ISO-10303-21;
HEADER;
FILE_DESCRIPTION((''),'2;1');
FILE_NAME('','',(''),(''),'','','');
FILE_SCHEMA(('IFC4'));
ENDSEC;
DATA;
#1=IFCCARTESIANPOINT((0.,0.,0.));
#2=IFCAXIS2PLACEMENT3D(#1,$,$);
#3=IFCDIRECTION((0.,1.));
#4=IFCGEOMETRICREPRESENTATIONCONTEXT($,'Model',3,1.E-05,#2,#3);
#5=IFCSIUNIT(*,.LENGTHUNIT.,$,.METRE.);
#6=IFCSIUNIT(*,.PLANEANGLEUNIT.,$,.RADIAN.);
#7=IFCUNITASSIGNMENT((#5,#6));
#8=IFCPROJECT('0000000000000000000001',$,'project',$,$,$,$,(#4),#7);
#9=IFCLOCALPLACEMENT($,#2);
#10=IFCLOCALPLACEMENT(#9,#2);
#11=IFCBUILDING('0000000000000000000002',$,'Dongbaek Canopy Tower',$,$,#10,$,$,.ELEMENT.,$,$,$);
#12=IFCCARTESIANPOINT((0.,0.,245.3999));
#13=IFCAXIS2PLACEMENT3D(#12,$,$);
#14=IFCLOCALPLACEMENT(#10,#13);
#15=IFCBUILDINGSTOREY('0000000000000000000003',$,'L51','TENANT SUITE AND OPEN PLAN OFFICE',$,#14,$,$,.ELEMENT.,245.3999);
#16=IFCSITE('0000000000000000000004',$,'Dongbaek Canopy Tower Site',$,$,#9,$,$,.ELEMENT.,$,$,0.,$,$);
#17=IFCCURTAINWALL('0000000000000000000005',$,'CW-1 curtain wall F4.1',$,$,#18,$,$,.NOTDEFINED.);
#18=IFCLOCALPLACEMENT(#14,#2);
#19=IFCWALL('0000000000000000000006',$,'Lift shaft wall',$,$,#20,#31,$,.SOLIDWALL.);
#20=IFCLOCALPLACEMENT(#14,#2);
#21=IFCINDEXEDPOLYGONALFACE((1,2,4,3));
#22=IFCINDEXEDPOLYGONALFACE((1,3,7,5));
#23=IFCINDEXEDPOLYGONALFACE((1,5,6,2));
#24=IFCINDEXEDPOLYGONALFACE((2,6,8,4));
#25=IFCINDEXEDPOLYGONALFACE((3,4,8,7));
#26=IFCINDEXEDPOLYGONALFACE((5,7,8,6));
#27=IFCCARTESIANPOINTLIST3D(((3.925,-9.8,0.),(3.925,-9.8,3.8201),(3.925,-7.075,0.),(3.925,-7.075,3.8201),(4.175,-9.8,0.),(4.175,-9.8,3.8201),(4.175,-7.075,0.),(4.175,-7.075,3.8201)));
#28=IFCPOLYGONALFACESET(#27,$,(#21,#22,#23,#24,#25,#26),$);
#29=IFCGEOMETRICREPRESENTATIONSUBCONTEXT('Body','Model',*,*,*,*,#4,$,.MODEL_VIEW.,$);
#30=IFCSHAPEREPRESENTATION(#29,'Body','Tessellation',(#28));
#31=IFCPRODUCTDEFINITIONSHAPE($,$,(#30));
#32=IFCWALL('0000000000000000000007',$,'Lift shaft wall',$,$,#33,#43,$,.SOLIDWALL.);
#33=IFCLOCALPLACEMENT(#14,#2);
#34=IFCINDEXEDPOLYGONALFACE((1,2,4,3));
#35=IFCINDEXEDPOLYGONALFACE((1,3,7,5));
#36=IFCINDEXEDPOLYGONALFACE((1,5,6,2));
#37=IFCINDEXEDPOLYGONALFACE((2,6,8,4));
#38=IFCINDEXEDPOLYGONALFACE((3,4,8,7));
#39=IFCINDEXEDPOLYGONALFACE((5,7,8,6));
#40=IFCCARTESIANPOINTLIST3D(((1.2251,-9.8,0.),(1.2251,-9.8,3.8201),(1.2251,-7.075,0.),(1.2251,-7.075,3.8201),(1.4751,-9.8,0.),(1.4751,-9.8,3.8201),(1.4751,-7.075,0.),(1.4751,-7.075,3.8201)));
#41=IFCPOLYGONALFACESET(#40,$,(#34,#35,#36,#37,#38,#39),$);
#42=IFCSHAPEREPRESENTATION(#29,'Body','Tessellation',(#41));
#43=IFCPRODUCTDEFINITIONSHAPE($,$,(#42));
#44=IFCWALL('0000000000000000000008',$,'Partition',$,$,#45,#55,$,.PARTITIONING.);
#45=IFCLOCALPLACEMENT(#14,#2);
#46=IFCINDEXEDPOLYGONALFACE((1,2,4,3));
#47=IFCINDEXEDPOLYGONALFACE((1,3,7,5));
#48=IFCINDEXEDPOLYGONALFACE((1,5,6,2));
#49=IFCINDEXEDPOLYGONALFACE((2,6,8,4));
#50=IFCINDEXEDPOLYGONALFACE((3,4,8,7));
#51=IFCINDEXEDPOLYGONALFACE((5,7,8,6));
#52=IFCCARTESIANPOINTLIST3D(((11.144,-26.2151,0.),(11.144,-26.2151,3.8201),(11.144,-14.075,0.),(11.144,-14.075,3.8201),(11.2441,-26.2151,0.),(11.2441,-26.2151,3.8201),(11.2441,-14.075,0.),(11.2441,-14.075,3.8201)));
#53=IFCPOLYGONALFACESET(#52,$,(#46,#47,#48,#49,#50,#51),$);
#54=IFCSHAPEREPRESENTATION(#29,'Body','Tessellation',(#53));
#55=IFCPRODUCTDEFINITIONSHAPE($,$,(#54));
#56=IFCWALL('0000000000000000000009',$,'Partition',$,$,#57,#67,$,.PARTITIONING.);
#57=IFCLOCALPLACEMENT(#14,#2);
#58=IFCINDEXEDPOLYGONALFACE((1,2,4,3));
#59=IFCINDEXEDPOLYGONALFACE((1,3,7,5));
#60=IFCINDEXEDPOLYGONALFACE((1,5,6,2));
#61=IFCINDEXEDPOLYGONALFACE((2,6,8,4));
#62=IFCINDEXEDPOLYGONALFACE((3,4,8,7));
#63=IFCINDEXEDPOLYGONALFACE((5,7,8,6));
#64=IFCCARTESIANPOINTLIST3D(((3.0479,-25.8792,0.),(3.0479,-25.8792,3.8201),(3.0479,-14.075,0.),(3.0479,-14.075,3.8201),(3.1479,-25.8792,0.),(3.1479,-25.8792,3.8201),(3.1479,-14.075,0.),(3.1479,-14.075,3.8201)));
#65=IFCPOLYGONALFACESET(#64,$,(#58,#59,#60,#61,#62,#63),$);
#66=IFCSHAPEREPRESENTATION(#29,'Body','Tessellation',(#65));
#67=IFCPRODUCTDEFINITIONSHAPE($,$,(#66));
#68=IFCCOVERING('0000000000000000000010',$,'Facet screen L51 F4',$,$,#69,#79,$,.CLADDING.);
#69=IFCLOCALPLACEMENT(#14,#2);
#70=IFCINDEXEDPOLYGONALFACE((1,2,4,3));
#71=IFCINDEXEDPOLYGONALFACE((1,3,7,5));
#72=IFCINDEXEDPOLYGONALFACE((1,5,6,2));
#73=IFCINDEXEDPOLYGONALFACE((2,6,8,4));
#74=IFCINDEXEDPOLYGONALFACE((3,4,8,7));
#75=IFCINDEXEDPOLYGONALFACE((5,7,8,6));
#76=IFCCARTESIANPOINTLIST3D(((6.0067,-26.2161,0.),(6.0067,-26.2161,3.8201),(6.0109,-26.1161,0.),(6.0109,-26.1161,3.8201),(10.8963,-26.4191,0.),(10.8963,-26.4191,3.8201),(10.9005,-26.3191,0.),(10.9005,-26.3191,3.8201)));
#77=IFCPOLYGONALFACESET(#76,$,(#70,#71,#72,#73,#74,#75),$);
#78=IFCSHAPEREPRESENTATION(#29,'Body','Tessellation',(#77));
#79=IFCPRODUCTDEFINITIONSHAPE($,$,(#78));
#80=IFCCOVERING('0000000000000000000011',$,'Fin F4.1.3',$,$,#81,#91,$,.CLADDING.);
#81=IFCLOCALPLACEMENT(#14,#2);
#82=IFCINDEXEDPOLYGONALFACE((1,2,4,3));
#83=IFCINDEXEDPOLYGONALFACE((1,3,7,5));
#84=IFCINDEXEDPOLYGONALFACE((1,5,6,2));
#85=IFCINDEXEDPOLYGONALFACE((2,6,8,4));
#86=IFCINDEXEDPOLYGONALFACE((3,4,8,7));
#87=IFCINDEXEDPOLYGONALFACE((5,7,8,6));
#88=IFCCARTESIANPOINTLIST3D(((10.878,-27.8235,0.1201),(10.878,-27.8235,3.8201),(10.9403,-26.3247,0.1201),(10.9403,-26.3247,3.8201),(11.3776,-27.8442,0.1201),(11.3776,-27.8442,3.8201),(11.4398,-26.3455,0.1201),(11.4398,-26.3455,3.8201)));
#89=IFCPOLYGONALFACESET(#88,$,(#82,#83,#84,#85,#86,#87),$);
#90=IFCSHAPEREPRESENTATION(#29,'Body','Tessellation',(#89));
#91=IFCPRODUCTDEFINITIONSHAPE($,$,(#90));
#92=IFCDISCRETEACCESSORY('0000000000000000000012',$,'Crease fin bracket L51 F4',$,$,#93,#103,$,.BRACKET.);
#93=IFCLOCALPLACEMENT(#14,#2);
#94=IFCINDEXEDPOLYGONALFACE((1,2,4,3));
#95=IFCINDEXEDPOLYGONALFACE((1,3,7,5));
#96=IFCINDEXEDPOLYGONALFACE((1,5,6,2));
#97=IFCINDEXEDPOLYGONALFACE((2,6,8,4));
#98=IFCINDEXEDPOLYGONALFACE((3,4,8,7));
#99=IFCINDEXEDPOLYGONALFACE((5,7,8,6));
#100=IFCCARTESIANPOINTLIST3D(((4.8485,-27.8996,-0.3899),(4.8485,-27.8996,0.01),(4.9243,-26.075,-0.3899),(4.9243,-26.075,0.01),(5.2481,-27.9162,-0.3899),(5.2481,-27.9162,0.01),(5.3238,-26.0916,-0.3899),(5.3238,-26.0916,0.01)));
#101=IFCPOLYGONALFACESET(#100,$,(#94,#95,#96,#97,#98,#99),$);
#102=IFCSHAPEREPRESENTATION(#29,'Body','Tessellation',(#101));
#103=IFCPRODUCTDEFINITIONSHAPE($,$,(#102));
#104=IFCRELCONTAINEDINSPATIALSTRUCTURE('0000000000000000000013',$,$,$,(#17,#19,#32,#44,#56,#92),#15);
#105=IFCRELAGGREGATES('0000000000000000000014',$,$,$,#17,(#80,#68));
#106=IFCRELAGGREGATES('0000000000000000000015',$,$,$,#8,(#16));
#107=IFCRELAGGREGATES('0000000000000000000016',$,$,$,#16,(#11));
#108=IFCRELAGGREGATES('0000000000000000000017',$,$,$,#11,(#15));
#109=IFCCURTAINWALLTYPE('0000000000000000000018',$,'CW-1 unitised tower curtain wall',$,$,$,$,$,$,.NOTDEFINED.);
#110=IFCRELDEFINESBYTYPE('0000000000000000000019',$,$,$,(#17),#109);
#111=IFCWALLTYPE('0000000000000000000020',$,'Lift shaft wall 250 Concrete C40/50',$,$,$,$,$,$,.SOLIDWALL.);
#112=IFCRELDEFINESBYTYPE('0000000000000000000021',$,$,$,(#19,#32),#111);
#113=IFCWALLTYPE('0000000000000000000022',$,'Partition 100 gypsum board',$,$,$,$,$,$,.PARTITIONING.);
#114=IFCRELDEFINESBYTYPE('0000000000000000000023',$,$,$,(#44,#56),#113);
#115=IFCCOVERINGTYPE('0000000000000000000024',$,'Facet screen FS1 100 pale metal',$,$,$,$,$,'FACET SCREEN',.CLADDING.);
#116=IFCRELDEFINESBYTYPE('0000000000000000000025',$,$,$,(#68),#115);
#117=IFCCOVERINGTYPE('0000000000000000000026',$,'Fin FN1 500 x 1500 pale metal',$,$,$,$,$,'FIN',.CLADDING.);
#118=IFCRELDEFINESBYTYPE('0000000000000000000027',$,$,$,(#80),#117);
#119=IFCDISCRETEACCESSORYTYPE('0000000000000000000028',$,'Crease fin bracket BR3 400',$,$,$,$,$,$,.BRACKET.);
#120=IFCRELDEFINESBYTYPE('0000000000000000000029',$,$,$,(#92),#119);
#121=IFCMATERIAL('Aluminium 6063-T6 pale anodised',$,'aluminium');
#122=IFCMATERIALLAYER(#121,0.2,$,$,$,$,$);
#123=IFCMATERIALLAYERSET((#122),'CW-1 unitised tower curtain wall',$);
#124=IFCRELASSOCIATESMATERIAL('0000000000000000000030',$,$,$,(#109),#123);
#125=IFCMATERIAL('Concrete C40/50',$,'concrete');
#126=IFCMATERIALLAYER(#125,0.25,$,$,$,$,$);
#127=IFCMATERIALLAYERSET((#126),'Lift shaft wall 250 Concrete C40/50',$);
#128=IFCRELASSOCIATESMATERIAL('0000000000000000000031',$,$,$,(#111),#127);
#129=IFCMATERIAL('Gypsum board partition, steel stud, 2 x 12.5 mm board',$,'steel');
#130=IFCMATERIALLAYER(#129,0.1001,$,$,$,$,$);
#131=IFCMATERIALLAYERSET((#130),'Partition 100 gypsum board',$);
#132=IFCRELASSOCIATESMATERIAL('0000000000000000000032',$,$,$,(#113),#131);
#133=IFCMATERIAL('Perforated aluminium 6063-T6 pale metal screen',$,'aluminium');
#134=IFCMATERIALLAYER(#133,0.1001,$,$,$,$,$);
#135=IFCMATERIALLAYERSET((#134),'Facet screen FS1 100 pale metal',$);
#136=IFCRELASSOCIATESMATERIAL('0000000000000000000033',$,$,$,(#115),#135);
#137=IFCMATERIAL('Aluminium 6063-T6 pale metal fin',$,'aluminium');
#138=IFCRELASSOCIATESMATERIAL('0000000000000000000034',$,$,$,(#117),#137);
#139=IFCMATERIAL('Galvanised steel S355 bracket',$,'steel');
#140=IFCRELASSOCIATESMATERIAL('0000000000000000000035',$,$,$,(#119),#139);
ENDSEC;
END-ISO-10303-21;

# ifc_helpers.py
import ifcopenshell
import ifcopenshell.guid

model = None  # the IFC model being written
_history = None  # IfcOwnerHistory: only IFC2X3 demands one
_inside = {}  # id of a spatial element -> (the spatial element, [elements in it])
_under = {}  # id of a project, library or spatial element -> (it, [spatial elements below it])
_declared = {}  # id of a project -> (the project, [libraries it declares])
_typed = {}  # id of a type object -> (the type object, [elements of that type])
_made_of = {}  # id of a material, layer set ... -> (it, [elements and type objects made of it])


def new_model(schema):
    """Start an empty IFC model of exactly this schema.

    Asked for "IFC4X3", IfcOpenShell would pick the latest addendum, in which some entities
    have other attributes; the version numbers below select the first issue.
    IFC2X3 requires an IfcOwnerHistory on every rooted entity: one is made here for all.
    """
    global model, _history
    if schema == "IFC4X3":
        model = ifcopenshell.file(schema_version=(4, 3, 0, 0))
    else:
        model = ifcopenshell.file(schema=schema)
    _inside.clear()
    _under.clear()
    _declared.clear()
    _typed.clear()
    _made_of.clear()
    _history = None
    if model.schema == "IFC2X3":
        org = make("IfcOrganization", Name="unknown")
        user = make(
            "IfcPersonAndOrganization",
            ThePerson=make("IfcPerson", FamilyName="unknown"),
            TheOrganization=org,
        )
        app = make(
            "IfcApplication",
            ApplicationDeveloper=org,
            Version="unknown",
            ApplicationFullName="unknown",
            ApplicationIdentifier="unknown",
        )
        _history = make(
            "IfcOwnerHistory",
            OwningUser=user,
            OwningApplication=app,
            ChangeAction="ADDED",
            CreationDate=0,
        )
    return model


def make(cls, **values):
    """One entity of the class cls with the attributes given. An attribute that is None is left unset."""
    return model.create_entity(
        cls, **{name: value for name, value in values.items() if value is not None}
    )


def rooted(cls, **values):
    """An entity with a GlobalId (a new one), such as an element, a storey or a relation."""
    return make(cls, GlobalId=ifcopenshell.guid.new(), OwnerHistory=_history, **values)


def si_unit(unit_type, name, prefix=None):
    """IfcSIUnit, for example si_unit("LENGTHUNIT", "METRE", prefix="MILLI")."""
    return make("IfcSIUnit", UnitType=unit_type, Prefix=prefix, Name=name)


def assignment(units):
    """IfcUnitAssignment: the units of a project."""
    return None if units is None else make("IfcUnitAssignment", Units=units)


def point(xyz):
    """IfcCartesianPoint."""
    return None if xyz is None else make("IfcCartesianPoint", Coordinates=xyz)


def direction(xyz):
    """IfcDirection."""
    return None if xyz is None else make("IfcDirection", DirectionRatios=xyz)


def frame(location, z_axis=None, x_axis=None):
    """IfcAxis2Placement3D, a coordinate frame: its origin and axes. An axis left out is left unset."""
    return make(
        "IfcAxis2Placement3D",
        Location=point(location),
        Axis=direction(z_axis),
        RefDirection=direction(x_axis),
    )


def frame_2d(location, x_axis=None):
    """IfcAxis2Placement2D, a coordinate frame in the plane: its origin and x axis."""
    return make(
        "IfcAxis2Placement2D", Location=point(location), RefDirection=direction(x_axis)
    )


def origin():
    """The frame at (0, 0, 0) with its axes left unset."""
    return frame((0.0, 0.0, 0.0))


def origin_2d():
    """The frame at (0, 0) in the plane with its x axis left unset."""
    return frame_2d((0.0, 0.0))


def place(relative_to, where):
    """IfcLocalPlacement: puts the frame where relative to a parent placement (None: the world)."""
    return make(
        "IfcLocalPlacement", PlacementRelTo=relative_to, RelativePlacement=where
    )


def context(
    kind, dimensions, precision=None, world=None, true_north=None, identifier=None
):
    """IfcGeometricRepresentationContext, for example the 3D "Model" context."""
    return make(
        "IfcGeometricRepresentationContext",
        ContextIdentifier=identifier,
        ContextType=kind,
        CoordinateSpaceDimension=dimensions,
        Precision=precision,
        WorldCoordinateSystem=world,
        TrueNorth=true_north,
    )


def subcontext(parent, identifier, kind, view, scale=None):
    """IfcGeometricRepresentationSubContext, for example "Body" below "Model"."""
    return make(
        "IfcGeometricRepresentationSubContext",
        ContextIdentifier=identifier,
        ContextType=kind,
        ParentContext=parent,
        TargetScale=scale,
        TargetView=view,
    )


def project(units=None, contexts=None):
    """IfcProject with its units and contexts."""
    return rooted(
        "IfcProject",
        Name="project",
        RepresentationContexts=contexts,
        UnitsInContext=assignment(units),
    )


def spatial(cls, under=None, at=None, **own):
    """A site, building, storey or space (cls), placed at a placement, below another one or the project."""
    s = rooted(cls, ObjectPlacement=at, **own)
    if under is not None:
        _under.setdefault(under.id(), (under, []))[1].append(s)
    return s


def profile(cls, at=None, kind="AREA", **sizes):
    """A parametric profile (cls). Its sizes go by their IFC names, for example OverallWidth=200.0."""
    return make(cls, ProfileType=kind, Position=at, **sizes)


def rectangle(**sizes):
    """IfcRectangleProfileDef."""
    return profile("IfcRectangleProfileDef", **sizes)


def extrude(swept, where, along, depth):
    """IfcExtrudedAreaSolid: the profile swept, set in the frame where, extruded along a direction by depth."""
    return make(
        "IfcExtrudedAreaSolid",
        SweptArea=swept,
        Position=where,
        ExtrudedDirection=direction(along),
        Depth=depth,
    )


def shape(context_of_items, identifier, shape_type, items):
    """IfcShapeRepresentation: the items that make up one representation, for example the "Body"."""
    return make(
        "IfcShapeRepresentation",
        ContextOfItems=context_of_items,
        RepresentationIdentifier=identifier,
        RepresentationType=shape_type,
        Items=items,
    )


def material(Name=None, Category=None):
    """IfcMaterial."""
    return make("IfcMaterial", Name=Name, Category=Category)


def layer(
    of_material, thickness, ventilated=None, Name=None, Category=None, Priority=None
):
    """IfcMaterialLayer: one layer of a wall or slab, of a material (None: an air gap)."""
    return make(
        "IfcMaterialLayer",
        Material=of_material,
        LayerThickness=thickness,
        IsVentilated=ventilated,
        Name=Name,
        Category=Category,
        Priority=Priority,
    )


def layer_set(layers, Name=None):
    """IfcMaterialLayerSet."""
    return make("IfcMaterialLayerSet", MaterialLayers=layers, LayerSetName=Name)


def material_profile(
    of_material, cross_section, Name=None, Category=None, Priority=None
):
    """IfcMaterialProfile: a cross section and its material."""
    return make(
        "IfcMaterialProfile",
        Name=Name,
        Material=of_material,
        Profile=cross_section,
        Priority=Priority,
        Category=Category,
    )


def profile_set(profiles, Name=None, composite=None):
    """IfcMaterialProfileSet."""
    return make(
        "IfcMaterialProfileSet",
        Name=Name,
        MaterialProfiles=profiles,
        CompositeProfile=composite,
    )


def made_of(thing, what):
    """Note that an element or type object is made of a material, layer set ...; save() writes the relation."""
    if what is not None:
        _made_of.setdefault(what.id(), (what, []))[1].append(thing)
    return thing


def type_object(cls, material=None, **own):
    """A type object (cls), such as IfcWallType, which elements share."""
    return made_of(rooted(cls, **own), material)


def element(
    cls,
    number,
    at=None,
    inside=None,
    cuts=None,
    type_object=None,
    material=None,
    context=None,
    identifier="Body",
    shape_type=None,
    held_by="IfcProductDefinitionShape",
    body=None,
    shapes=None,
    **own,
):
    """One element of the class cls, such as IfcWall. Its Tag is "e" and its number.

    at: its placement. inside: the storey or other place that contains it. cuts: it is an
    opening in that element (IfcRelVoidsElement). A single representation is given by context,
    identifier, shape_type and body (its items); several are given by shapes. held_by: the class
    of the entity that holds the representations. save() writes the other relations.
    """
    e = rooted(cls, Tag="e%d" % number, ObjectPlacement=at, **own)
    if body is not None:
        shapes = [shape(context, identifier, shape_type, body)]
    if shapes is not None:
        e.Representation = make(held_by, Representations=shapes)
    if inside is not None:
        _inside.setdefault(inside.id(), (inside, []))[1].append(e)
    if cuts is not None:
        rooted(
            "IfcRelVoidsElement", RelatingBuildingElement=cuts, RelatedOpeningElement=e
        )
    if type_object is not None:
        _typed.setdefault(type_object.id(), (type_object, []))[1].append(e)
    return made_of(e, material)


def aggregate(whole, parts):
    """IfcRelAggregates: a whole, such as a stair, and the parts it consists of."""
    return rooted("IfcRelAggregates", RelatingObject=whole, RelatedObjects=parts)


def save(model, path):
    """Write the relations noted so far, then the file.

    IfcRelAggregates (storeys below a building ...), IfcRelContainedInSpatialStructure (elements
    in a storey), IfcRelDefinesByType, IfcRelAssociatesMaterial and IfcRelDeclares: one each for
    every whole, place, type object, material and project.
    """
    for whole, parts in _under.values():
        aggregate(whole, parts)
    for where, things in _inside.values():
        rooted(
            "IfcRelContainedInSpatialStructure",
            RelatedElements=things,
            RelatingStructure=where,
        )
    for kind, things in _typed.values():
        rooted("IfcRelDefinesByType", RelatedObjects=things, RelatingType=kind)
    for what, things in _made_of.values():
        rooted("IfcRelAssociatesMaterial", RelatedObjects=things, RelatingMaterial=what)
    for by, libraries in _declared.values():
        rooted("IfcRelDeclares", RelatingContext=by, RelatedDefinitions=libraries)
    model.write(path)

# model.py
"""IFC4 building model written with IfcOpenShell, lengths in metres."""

from ifc_helpers import new_model, si_unit, direction, frame, frame_2d, origin, origin_2d, place, context, subcontext, project, spatial, rectangle, extrude, material, layer, layer_set, material_profile, profile_set, type_object, element, aggregate, save


model = new_model("IFC4")

# Units and contexts
model_context = context("Model", 3, precision=1e-05, world=origin(), true_north=direction((0.0, 1.0)))
body_context = subcontext(model_context, "Body", "Model", "MODEL_VIEW")
ifc_project = project(units=[si_unit("LENGTHUNIT", "METRE"), si_unit("PLANEANGLEUNIT", "RADIAN")], contexts=[model_context])

# Site, building, storey
site_placement = place(None, origin())
site = spatial("IfcSite", under=ifc_project, at=site_placement, Name="Dongbaek Canopy Tower Site", CompositionType="ELEMENT", RefElevation=0.0)
building_placement = place(site_placement, origin())
building = spatial("IfcBuilding", under=site, at=building_placement, Name="Dongbaek Canopy Tower", CompositionType="ELEMENT")
storey_placement = place(building_placement, frame((0.0, 0.0, 245.3999)))
storey = spatial("IfcBuildingStorey", under=building, at=storey_placement, Name="L51", Description="TENANT SUITE AND OPEN PLAN OFFICE", CompositionType="ELEMENT", Elevation=245.3999)

# Curtain wall
ifc_material_1 = material(Name="Aluminium 6063-T6 pale anodised", Category="aluminium")
ifc_layer_1 = layer(ifc_material_1, 0.2)
ifc_layer_set_1 = layer_set([ifc_layer_1], Name="CW-1 unitised tower curtain wall")
curtain_wall_type = type_object("IfcCurtainWallType", Name="CW-1 unitised tower curtain wall", PredefinedType="NOTDEFINED", material=ifc_layer_set_1)
curtain_wall_1_placement = place(storey_placement, origin())
curtain_wall_1 = element("IfcCurtainWall", 1, at=curtain_wall_1_placement, inside=storey, type_object=curtain_wall_type, Name="CW-1 curtain wall F4.1", PredefinedType="NOTDEFINED")

# Walls
ifc_material_2 = material(Name="Concrete C40/50", Category="concrete")
ifc_layer_2 = layer(ifc_material_2, 0.25)
ifc_layer_set_2 = layer_set([ifc_layer_2], Name="Lift shaft wall 250 Concrete C40/50")
wall_type_1 = type_object("IfcWallType", Name="Lift shaft wall 250 Concrete C40/50", PredefinedType="SOLIDWALL", material=ifc_layer_set_2)
for number, where, z_axis, x_axis, name in (
    (2, (4.05, -9.8, 0.0), (0.0, 0.0, 1.0), (0.0, 1.0, 0.0), "Lift shaft wall"),
    (3, (1.3501, -9.8, 0.0), (0.0, 0.0, 1.0), (0.0, 1.0, 0.0), "Lift shaft wall"),
):
    element("IfcWall", number, at=place(storey_placement, frame(where, z_axis=z_axis, x_axis=x_axis)), inside=storey, type_object=wall_type_1, Name=name, PredefinedType="SOLIDWALL", context=body_context, shape_type="SweptSolid", body=[
        extrude(rectangle(XDim=2.7251, YDim=0.25, at=frame_2d((1.3625, 0.0))), origin(), (0.0, 0.0, 1.0), 3.8201),
    ])
ifc_material_3 = material(Name="Gypsum board partition, steel stud, 2 x 12.5 mm board", Category="steel")
ifc_layer_3 = layer(ifc_material_3, 0.1001)
ifc_layer_set_3 = layer_set([ifc_layer_3], Name="Partition 100 gypsum board")
wall_type_2 = type_object("IfcWallType", Name="Partition 100 gypsum board", PredefinedType="PARTITIONING", material=ifc_layer_set_3)
wall_1_placement = place(storey_placement, frame((11.1941, -26.2151, 0.0), z_axis=(0.0, 0.0, 1.0), x_axis=(0.0, 1.0, 0.0)))
element("IfcWall", 4, at=wall_1_placement, inside=storey, type_object=wall_type_2, Name="Partition", PredefinedType="PARTITIONING", context=body_context, shape_type="SweptSolid", body=[
    extrude(rectangle(XDim=12.1401, YDim=0.1001, at=frame_2d((6.0701, 0.0))), origin(), (0.0, 0.0, 1.0), 3.8201),
])
wall_2_placement = place(storey_placement, frame((3.0979, -25.8792, 0.0), z_axis=(0.0, 0.0, 1.0), x_axis=(0.0, 1.0, 0.0)))
element("IfcWall", 5, at=wall_2_placement, inside=storey, type_object=wall_type_2, Name="Partition", PredefinedType="PARTITIONING", context=body_context, shape_type="SweptSolid", body=[
    extrude(rectangle(XDim=11.8042, YDim=0.1001, at=frame_2d((5.9021, 0.0))), origin(), (0.0, 0.0, 1.0), 3.8201),
])

# Coverings
ifc_material_4 = material(Name="Perforated aluminium 6063-T6 pale metal screen", Category="aluminium")
ifc_layer_4 = layer(ifc_material_4, 0.1001)
ifc_layer_set_4 = layer_set([ifc_layer_4], Name="Facet screen FS1 100 pale metal")
covering_type_1 = type_object("IfcCoveringType", Name="Facet screen FS1 100 pale metal", ElementType="FACET SCREEN", PredefinedType="CLADDING", material=ifc_layer_set_4)
covering_1_placement = place(storey_placement, frame((8.4536, -26.2676, 0.0), z_axis=(0.0, 0.0, 1.0), x_axis=(0.999139, -0.041482, 0.0)))
covering_1 = element("IfcCovering", 6, at=covering_1_placement, type_object=covering_type_1, Name="Facet screen L51 F4", PredefinedType="CLADDING", context=body_context, shape_type="SweptSolid", body=[
    extrude(rectangle(XDim=4.8938, YDim=0.1001, at=origin_2d()), origin(), (0.0, 0.0, 1.0), 3.8201),
])
ifc_material_5 = material(Name="Aluminium 6063-T6 pale metal fin", Category="aluminium")
ifc_material_profile_1 = material_profile(ifc_material_5, rectangle(XDim=1.5, YDim=0.5, at=origin_2d()), Name="Fin FN1 500 x 1500 pale metal")
ifc_profile_set_1 = profile_set([ifc_material_profile_1], Name="Aluminium 6063-T6 pale metal fin")
covering_type_2 = type_object("IfcCoveringType", Name="Fin FN1 500 x 1500 pale metal", ElementType="FIN", PredefinedType="CLADDING", material=ifc_profile_set_1)
covering_2_placement = place(storey_placement, frame((11.1589, -27.0845, 0.1201), z_axis=(0.0, 0.0, 1.0), x_axis=(-0.041481, -0.999139, 0.0)))
covering_2 = element("IfcCovering", 7, at=covering_2_placement, type_object=covering_type_2, Name="Fin F4.1.3", PredefinedType="CLADDING", context=body_context, shape_type="SweptSolid", body=[
    extrude(rectangle(XDim=1.5, YDim=0.5, at=origin_2d()), origin(), (0.0, 0.0, 1.0), 3.7),
])
aggregate(curtain_wall_1, [covering_2, covering_1])

# Discrete accessory
ifc_material_6 = material(Name="Galvanised steel S355 bracket", Category="steel")
discrete_accessory_type = type_object("IfcDiscreteAccessoryType", Name="Crease fin bracket BR3 400", PredefinedType="BRACKET", material=ifc_material_6)
discrete_accessory_placement = place(storey_placement, frame((5.0862, -26.9956, -0.3899), z_axis=(0.0, 0.0, 1.0), x_axis=(-0.041482, -0.999139, 0.0)))
element("IfcDiscreteAccessory", 8, at=discrete_accessory_placement, inside=storey, type_object=discrete_accessory_type, Name="Crease fin bracket L51 F4", PredefinedType="BRACKET", context=body_context, shape_type="SweptSolid", body=[
    extrude(rectangle(XDim=1.8262, YDim=0.3999, at=origin_2d()), origin(), (0.0, 0.0, 1.0), 0.3999),
])

save(model, "model.ifc")
